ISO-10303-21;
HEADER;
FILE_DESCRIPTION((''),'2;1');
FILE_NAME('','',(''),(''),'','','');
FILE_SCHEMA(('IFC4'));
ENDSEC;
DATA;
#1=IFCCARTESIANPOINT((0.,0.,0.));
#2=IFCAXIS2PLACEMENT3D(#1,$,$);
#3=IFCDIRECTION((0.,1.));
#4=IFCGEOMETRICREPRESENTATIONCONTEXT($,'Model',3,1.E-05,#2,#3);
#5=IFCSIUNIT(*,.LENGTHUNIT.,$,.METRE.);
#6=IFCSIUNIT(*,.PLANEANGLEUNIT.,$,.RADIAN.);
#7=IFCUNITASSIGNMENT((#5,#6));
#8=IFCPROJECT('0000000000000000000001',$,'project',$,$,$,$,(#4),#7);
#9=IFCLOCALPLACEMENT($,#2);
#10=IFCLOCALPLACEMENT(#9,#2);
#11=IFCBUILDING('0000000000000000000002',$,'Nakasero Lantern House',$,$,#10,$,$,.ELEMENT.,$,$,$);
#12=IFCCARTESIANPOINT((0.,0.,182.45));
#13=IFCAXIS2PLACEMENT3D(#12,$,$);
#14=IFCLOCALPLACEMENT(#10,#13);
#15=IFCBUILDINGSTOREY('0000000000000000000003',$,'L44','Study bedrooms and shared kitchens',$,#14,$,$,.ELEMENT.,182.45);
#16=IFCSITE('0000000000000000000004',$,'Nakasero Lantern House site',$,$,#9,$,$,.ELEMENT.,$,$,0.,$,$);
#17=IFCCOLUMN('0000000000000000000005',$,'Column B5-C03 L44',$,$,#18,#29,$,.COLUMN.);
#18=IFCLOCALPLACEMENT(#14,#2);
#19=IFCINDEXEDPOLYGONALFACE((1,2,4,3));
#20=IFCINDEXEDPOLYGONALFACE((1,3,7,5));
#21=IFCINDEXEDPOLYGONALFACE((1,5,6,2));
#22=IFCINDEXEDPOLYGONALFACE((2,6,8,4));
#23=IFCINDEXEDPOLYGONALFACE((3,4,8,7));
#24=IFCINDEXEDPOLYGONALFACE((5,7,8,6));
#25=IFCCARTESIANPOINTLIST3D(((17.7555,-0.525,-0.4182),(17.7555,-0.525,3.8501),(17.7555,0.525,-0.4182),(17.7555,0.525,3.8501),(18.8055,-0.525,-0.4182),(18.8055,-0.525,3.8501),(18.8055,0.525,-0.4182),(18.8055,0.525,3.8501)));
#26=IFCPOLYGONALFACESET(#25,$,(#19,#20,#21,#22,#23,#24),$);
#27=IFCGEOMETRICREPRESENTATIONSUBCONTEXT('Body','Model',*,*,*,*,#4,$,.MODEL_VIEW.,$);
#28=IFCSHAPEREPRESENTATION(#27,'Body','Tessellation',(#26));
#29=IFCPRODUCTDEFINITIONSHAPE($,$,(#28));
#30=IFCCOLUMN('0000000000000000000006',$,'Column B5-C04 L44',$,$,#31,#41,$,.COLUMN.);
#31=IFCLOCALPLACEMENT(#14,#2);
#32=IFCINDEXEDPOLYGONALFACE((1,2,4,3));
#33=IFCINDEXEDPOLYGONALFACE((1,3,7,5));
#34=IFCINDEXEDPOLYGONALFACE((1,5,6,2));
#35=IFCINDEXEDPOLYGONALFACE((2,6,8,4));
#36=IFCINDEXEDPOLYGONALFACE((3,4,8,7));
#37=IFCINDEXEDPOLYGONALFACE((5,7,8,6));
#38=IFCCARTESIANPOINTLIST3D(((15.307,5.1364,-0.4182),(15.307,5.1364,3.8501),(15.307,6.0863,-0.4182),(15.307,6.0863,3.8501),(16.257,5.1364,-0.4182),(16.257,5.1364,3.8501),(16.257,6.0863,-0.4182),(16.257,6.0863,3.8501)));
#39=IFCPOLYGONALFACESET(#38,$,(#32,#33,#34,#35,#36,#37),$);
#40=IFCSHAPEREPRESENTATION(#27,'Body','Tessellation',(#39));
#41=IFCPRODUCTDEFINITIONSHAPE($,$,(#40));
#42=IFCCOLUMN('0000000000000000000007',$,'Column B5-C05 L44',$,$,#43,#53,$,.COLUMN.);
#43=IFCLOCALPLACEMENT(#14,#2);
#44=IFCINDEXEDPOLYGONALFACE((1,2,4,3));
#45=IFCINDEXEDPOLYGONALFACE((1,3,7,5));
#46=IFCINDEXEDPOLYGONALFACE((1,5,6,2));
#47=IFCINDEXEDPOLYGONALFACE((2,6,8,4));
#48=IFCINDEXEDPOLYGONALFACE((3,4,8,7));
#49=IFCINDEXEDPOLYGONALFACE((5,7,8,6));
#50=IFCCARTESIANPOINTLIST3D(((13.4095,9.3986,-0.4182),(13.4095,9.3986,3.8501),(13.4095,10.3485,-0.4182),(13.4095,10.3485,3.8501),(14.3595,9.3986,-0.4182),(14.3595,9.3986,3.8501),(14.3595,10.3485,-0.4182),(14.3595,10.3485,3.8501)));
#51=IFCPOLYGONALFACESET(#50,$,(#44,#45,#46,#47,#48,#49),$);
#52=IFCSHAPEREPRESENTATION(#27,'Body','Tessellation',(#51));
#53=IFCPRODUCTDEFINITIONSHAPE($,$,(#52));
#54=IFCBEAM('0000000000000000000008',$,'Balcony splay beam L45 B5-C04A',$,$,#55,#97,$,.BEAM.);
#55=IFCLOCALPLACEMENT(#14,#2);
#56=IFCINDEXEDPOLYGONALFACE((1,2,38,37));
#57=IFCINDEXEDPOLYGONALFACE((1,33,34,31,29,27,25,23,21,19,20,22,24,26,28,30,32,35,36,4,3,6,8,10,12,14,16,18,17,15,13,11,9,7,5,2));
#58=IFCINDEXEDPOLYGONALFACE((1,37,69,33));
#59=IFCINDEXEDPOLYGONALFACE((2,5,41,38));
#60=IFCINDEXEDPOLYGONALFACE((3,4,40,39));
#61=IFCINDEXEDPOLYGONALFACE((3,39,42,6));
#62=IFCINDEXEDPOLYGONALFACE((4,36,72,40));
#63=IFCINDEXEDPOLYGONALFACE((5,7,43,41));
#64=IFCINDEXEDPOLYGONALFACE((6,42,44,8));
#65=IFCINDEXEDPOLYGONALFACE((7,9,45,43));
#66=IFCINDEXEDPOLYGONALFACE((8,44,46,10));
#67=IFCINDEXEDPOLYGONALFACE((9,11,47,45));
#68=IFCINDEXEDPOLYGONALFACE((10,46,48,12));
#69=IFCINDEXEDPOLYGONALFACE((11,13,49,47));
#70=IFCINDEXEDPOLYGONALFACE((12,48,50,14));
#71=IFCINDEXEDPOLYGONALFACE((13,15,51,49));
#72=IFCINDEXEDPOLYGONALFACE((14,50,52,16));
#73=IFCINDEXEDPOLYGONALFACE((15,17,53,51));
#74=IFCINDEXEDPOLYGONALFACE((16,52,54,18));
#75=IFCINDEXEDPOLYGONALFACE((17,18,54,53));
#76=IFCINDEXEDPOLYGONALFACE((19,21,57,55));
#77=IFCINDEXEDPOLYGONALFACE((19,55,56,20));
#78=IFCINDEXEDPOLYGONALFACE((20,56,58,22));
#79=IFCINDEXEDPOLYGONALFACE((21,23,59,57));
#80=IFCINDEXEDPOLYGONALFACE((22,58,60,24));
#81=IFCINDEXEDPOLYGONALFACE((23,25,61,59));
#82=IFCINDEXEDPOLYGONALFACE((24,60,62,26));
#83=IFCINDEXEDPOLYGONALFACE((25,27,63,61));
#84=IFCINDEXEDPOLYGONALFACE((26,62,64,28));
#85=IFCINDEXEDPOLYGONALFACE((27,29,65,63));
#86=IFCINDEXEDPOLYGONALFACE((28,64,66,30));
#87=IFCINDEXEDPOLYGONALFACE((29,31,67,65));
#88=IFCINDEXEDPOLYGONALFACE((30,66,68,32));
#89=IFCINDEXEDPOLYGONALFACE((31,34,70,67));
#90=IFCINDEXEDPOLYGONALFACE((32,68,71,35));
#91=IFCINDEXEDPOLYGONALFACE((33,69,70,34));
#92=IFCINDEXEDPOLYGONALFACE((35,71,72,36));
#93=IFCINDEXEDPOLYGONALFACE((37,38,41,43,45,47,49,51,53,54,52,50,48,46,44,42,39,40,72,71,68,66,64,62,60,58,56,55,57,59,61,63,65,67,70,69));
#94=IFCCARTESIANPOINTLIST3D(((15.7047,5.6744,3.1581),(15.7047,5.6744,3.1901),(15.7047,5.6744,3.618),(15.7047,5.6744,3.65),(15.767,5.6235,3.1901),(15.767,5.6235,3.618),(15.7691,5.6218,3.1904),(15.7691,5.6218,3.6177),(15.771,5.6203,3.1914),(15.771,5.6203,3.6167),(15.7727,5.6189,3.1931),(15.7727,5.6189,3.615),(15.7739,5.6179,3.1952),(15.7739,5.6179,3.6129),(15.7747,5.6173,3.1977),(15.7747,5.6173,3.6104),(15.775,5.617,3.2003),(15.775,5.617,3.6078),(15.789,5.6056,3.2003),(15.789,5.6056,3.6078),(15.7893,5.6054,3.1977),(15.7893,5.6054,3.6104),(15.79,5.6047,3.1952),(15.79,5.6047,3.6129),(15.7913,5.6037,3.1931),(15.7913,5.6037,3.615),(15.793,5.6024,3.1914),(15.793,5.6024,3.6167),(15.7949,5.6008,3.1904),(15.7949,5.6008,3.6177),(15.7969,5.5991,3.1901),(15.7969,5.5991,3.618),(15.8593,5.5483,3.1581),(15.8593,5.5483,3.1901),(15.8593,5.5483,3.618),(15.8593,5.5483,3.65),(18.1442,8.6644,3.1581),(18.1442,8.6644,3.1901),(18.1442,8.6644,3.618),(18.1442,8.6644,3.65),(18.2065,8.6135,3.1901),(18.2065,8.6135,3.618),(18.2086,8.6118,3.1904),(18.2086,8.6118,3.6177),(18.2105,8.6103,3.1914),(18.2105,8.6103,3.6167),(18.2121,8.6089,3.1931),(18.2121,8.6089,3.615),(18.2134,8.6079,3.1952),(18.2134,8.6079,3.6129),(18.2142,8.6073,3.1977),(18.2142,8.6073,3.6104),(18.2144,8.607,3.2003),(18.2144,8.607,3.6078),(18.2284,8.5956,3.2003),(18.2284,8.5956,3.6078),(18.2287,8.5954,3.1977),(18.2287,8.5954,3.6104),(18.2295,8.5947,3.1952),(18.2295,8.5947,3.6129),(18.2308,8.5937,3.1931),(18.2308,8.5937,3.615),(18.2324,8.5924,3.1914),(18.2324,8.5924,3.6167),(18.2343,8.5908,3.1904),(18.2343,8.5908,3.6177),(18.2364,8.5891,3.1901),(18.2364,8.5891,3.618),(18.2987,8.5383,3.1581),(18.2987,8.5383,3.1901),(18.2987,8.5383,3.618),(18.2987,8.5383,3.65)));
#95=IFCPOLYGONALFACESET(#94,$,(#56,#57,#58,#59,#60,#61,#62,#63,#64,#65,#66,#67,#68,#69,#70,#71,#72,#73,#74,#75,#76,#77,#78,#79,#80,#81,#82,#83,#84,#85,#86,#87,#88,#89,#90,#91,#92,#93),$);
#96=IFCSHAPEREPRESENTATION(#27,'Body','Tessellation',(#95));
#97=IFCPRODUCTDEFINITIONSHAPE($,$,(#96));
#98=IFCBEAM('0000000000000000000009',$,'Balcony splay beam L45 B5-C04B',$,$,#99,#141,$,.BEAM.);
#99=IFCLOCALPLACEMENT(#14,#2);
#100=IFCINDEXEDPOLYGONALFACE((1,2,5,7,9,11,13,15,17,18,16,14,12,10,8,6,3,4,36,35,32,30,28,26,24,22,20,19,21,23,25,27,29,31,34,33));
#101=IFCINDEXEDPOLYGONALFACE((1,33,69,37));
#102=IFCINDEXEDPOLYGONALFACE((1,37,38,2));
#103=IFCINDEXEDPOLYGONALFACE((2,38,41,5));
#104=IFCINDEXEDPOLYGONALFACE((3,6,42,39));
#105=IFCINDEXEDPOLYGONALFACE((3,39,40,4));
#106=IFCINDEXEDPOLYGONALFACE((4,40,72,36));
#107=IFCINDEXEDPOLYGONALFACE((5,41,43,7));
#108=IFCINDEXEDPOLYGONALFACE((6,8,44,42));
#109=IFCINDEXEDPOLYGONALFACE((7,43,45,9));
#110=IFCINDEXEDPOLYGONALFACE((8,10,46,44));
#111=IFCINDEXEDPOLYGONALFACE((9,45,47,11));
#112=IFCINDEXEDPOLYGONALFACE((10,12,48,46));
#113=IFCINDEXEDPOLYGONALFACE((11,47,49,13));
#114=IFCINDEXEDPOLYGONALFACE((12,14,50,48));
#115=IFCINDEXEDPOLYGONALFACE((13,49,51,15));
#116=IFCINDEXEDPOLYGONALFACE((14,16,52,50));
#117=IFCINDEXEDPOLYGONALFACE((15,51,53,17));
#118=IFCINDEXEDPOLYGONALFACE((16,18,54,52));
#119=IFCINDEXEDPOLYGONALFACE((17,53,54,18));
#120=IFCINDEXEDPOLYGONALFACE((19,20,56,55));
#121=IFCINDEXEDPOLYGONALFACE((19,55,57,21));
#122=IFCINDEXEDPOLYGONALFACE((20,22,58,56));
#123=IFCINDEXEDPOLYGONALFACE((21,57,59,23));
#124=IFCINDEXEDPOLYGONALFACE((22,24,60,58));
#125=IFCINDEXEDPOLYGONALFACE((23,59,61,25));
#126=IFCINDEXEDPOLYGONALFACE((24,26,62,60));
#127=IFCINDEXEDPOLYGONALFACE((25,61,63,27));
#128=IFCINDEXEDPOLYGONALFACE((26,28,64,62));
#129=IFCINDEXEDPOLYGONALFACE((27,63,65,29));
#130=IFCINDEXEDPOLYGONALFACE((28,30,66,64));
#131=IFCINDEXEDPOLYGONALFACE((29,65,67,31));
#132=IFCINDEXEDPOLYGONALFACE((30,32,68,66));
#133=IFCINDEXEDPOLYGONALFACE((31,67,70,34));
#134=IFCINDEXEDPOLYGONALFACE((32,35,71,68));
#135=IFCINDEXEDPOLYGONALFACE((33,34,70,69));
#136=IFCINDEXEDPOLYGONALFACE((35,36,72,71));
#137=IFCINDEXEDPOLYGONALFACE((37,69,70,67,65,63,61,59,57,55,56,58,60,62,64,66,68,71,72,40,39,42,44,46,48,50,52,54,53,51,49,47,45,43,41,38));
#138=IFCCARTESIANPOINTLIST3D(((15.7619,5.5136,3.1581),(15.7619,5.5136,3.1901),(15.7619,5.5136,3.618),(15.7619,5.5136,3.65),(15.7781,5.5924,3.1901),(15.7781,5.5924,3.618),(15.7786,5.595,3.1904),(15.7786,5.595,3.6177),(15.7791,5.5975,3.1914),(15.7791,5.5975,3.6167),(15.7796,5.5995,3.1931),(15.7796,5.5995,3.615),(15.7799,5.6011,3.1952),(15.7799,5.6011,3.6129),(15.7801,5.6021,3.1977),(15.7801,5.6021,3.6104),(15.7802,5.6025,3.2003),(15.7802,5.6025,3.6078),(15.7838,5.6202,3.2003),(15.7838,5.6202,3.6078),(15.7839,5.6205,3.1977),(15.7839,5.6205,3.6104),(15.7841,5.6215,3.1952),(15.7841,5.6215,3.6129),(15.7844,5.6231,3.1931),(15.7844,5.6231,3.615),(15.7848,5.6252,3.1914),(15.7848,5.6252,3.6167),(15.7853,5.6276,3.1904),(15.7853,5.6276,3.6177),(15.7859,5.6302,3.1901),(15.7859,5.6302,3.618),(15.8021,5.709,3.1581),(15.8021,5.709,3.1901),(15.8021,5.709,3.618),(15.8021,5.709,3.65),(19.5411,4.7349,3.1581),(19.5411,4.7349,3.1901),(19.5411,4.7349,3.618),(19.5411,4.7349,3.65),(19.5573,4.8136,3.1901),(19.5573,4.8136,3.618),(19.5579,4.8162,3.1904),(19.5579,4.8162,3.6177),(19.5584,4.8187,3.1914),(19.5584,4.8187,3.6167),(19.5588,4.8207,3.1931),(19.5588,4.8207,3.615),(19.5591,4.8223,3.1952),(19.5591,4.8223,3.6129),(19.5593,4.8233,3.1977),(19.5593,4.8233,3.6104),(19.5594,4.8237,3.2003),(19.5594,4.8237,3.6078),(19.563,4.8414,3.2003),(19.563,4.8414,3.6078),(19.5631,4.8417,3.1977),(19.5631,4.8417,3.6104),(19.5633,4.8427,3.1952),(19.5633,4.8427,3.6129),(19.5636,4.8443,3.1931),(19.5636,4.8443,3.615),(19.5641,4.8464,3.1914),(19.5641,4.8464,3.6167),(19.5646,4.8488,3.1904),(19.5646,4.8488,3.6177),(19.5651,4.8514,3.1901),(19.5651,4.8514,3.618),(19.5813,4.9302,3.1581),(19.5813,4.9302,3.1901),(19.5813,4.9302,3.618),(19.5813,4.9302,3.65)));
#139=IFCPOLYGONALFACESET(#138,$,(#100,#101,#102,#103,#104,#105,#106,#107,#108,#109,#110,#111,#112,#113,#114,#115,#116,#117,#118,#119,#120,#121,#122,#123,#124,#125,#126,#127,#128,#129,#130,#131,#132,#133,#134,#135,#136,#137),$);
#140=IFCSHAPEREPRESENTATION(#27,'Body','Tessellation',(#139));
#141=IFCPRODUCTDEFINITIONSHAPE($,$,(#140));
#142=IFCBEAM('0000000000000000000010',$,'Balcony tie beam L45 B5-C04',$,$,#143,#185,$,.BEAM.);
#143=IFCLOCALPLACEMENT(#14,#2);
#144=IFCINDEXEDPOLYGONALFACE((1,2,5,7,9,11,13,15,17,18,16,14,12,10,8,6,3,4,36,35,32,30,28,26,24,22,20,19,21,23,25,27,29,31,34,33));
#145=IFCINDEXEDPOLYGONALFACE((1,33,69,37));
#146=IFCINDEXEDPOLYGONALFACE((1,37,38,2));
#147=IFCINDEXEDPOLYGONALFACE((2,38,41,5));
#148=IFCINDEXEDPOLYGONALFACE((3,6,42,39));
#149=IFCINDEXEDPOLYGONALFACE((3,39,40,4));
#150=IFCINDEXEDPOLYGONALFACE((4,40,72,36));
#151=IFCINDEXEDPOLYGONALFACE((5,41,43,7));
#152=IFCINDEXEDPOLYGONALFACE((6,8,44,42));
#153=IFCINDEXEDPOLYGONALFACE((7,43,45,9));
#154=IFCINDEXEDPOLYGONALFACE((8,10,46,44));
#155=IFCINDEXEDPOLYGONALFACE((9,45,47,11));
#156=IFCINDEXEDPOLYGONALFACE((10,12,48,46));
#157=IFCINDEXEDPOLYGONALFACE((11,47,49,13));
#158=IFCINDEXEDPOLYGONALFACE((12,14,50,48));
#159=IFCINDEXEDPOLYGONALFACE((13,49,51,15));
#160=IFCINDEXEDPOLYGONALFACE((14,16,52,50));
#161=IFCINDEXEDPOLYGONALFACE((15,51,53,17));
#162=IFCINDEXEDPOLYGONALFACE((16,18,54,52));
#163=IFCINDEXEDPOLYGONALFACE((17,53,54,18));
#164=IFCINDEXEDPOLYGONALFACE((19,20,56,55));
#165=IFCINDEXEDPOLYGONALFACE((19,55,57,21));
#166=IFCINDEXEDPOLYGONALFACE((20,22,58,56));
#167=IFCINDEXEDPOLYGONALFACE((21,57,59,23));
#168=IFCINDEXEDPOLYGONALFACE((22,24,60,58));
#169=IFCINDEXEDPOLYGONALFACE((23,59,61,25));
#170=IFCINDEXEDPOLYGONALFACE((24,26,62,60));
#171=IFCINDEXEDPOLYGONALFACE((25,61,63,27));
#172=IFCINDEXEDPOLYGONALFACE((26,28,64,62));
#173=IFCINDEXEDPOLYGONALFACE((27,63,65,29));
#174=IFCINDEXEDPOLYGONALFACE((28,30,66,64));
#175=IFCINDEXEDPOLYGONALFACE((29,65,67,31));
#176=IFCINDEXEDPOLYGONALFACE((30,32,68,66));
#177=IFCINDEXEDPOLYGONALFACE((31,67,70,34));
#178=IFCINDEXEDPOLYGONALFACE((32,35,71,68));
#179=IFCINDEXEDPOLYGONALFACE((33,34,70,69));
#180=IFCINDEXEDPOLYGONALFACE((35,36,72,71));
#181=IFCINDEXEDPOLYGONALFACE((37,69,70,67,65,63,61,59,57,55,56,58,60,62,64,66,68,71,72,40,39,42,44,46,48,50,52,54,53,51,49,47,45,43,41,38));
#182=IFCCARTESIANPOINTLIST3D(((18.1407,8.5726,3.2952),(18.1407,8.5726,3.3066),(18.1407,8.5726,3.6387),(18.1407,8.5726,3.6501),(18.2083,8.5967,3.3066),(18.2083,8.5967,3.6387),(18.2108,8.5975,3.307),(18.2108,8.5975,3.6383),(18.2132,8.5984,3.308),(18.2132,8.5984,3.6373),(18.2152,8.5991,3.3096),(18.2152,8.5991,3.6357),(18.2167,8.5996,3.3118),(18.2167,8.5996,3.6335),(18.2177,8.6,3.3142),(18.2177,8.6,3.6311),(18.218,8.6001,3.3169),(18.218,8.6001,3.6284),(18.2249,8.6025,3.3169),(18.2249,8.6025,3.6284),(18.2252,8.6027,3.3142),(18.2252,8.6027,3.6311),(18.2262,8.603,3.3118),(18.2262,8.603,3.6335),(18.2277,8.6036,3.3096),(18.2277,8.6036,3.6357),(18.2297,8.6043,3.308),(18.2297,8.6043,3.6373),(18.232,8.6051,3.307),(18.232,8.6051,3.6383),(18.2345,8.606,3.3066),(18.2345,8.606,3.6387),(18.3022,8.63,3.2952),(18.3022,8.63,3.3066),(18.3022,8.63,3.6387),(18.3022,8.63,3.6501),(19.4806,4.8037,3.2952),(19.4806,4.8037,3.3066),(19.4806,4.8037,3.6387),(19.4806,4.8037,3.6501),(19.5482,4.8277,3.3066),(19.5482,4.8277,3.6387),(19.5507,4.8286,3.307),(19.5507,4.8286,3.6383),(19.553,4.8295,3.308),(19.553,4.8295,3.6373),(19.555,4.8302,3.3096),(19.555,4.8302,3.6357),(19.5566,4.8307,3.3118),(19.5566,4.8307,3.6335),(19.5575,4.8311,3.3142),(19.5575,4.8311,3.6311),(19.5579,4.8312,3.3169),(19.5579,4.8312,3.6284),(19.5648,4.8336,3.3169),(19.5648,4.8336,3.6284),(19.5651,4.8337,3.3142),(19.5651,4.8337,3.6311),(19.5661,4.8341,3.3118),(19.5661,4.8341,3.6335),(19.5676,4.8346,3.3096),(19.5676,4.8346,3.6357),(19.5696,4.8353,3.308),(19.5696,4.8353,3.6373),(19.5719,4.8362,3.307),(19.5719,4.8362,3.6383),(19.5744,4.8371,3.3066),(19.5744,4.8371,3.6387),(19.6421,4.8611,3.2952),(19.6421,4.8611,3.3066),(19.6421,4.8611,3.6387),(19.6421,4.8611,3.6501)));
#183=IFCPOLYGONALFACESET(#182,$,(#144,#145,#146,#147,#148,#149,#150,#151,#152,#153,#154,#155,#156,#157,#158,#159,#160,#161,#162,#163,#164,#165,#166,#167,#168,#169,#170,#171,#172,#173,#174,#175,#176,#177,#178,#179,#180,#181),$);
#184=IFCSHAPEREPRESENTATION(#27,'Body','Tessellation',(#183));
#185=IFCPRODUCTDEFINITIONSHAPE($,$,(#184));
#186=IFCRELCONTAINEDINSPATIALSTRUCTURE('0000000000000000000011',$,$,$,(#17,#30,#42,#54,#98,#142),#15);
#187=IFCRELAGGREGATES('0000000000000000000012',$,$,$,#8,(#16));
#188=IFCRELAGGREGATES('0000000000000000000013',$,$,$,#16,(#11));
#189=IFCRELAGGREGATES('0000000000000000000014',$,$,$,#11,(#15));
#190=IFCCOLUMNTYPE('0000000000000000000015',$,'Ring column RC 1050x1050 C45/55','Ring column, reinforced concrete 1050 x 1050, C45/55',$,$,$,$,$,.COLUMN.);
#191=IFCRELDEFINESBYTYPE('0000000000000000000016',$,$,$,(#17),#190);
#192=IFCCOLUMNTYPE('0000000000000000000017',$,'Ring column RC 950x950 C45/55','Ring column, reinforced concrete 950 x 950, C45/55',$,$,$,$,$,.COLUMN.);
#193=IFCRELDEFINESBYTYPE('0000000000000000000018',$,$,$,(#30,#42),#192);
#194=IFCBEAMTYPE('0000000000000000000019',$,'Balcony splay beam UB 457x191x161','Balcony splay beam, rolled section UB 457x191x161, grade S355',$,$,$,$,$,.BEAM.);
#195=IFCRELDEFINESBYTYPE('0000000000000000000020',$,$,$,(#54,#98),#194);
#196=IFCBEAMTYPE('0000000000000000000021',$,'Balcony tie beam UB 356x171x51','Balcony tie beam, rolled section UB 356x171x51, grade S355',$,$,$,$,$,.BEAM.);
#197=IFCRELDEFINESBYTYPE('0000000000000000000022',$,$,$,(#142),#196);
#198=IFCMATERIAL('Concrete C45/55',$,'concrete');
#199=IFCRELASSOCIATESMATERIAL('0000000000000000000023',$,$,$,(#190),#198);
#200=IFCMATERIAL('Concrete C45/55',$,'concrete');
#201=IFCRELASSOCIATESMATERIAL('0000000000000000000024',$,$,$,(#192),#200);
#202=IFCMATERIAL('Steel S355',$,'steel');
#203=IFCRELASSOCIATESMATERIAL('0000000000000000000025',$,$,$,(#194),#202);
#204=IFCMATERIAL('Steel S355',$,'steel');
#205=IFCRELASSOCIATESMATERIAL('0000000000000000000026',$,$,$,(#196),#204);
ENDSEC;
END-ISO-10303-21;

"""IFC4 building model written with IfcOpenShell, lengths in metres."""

from ifc_helpers import new_model, si_unit, direction, frame, origin, origin_2d, place, context, subcontext, project, spatial, rectangle, i_section, extrude, material, material_profile, profile_set, type_object, element, save


model = new_model("IFC4")

# Units and contexts
model_context = context("Model", 3, precision=1e-05, world=origin(), true_north=direction((0.0, 1.0)))
body_context = subcontext(model_context, "Body", "Model", "MODEL_VIEW")
ifc_project = project(units=[si_unit("LENGTHUNIT", "METRE"), si_unit("PLANEANGLEUNIT", "RADIAN")], contexts=[model_context])

# Site, building, storey
site_placement = place(None, origin())
site = spatial("IfcSite", under=ifc_project, at=site_placement, Name="Nakasero Lantern House site", CompositionType="ELEMENT", RefElevation=0.0)
building_placement = place(site_placement, origin())
building = spatial("IfcBuilding", under=site, at=building_placement, Name="Nakasero Lantern House", CompositionType="ELEMENT")
storey_placement = place(building_placement, frame((0.0, 0.0, 182.45)))
storey = spatial("IfcBuildingStorey", under=building, at=storey_placement, Name="L44", Description="Study bedrooms and shared kitchens", CompositionType="ELEMENT", Elevation=182.45)

# Columns
ifc_material_1 = material(Name="Concrete C45/55", Category="concrete")
ifc_material_profile_1 = material_profile(ifc_material_1, rectangle(XDim=1.05, YDim=1.05, at=origin_2d()), Name="RC 1050x1050")
ifc_profile_set_1 = profile_set([ifc_material_profile_1], Name="Concrete C45/55")
column_type_1 = type_object("IfcColumnType", Name="Ring column RC 1050x1050 C45/55", Description="Ring column, reinforced concrete 1050 x 1050, C45/55", PredefinedType="COLUMN", material=ifc_profile_set_1)
column_placement = place(storey_placement, frame((18.2805, 0.0, -0.4182), z_axis=(0.0, 0.0, 1.0), x_axis=(1.0, 0.0, 0.0)))
element("IfcColumn", 1, at=column_placement, inside=storey, type_object=column_type_1, Name="Column B5-C03 L44", PredefinedType="COLUMN", context=body_context, shape_type="SweptSolid", body=[
    extrude(rectangle(XDim=1.05, YDim=1.05, at=origin_2d()), origin(), (0.0, 0.0, 1.0), 4.2683),
])
ifc_material_2 = material(Name="Concrete C45/55", Category="concrete")
ifc_material_profile_2 = material_profile(ifc_material_2, rectangle(XDim=0.95, YDim=0.95, at=origin_2d()), Name="RC 950x950")
ifc_profile_set_2 = profile_set([ifc_material_profile_2], Name="Concrete C45/55")
column_type_2 = type_object("IfcColumnType", Name="Ring column RC 950x950 C45/55", Description="Ring column, reinforced concrete 950 x 950, C45/55", PredefinedType="COLUMN", material=ifc_profile_set_2)
for number, where, z_axis, x_axis, name in (
    (2, (15.782, 5.6113, -0.4182), (0.0, 0.0, 1.0), (1.0, 0.0, 0.0), "Column B5-C04 L44"),
    (3, (13.8845, 9.8735, -0.4182), (0.0, 0.0, 1.0), (1.0, 0.0, 0.0), "Column B5-C05 L44"),
):
    element("IfcColumn", number, at=place(storey_placement, frame(where, z_axis=z_axis, x_axis=x_axis)), inside=storey, type_object=column_type_2, Name=name, PredefinedType="COLUMN", context=body_context, shape_type="SweptSolid", body=[
        extrude(rectangle(XDim=0.95, YDim=0.95, at=origin_2d()), origin(), (0.0, 0.0, 1.0), 4.2683),
    ])

# Beams
ifc_material_3 = material(Name="Steel S355", Category="steel")
ifc_material_profile_3 = material_profile(ifc_material_3, i_section(OverallWidth=0.1995, OverallDepth=0.4919, WebThickness=0.0181, FlangeThickness=0.032, FilletRadius=0.0103, at=origin_2d()), Name="UB 457x191x161")
ifc_profile_set_3 = profile_set([ifc_material_profile_3], Name="Steel S355")
beam_type_1 = type_object("IfcBeamType", Name="Balcony splay beam UB 457x191x161", Description="Balcony splay beam, rolled section UB 457x191x161, grade S355", PredefinedType="BEAM", material=ifc_profile_set_3)
beam_1_placement = place(storey_placement, frame((15.782, 5.6113, 3.4041), z_axis=(0.632166, 0.774833, 0.0), x_axis=(-0.774833, 0.632166, 0.0)))
element("IfcBeam", 4, at=beam_1_placement, inside=storey, type_object=beam_type_1, Name="Balcony splay beam L45 B5-C04A", PredefinedType="BEAM", context=body_context, shape_type="SweptSolid", body=[
    extrude(i_section(OverallWidth=0.1995, OverallDepth=0.4919, WebThickness=0.0181, FlangeThickness=0.032, FilletRadius=0.0103, at=origin_2d()), origin(), (0.0, 0.0, 1.0), 3.8589),
])
beam_2_placement = place(storey_placement, frame((15.782, 5.6113, 3.4041), z_axis=(0.97942, -0.201831, 0.0), x_axis=(0.201831, 0.97942, 0.0)))
element("IfcBeam", 5, at=beam_2_placement, inside=storey, type_object=beam_type_1, Name="Balcony splay beam L45 B5-C04B", PredefinedType="BEAM", context=body_context, shape_type="SweptSolid", body=[
    extrude(i_section(OverallWidth=0.1995, OverallDepth=0.4919, WebThickness=0.0181, FlangeThickness=0.032, FilletRadius=0.0103, at=origin_2d()), origin(), (0.0, 0.0, 1.0), 3.8586),
])
ifc_material_4 = material(Name="Steel S355", Category="steel")
ifc_material_profile_4 = material_profile(ifc_material_4, i_section(OverallWidth=0.1714, OverallDepth=0.355, WebThickness=0.0073, FlangeThickness=0.0115, FilletRadius=0.0103, at=origin_2d()), Name="UB 356x171x51")
ifc_profile_set_4 = profile_set([ifc_material_profile_4], Name="Steel S355")
beam_type_2 = type_object("IfcBeamType", Name="Balcony tie beam UB 356x171x51", Description="Balcony tie beam, rolled section UB 356x171x51, grade S355", PredefinedType="BEAM", material=ifc_profile_set_4)
beam_3_placement = place(storey_placement, frame((18.2214, 8.6013, 3.4727), z_axis=(0.334971, -0.942228, 0.0), x_axis=(0.942228, 0.334971, 0.0)))
element("IfcBeam", 6, at=beam_3_placement, inside=storey, type_object=beam_type_2, Name="Balcony tie beam L45 B5-C04", PredefinedType="BEAM", context=body_context, shape_type="SweptSolid", body=[
    extrude(i_section(OverallWidth=0.1714, OverallDepth=0.355, WebThickness=0.0073, FlangeThickness=0.0115, FilletRadius=0.0103, at=origin_2d()), origin(), (0.0, 0.0, 1.0), 4.0),
])

save(model, "model.ifc")
